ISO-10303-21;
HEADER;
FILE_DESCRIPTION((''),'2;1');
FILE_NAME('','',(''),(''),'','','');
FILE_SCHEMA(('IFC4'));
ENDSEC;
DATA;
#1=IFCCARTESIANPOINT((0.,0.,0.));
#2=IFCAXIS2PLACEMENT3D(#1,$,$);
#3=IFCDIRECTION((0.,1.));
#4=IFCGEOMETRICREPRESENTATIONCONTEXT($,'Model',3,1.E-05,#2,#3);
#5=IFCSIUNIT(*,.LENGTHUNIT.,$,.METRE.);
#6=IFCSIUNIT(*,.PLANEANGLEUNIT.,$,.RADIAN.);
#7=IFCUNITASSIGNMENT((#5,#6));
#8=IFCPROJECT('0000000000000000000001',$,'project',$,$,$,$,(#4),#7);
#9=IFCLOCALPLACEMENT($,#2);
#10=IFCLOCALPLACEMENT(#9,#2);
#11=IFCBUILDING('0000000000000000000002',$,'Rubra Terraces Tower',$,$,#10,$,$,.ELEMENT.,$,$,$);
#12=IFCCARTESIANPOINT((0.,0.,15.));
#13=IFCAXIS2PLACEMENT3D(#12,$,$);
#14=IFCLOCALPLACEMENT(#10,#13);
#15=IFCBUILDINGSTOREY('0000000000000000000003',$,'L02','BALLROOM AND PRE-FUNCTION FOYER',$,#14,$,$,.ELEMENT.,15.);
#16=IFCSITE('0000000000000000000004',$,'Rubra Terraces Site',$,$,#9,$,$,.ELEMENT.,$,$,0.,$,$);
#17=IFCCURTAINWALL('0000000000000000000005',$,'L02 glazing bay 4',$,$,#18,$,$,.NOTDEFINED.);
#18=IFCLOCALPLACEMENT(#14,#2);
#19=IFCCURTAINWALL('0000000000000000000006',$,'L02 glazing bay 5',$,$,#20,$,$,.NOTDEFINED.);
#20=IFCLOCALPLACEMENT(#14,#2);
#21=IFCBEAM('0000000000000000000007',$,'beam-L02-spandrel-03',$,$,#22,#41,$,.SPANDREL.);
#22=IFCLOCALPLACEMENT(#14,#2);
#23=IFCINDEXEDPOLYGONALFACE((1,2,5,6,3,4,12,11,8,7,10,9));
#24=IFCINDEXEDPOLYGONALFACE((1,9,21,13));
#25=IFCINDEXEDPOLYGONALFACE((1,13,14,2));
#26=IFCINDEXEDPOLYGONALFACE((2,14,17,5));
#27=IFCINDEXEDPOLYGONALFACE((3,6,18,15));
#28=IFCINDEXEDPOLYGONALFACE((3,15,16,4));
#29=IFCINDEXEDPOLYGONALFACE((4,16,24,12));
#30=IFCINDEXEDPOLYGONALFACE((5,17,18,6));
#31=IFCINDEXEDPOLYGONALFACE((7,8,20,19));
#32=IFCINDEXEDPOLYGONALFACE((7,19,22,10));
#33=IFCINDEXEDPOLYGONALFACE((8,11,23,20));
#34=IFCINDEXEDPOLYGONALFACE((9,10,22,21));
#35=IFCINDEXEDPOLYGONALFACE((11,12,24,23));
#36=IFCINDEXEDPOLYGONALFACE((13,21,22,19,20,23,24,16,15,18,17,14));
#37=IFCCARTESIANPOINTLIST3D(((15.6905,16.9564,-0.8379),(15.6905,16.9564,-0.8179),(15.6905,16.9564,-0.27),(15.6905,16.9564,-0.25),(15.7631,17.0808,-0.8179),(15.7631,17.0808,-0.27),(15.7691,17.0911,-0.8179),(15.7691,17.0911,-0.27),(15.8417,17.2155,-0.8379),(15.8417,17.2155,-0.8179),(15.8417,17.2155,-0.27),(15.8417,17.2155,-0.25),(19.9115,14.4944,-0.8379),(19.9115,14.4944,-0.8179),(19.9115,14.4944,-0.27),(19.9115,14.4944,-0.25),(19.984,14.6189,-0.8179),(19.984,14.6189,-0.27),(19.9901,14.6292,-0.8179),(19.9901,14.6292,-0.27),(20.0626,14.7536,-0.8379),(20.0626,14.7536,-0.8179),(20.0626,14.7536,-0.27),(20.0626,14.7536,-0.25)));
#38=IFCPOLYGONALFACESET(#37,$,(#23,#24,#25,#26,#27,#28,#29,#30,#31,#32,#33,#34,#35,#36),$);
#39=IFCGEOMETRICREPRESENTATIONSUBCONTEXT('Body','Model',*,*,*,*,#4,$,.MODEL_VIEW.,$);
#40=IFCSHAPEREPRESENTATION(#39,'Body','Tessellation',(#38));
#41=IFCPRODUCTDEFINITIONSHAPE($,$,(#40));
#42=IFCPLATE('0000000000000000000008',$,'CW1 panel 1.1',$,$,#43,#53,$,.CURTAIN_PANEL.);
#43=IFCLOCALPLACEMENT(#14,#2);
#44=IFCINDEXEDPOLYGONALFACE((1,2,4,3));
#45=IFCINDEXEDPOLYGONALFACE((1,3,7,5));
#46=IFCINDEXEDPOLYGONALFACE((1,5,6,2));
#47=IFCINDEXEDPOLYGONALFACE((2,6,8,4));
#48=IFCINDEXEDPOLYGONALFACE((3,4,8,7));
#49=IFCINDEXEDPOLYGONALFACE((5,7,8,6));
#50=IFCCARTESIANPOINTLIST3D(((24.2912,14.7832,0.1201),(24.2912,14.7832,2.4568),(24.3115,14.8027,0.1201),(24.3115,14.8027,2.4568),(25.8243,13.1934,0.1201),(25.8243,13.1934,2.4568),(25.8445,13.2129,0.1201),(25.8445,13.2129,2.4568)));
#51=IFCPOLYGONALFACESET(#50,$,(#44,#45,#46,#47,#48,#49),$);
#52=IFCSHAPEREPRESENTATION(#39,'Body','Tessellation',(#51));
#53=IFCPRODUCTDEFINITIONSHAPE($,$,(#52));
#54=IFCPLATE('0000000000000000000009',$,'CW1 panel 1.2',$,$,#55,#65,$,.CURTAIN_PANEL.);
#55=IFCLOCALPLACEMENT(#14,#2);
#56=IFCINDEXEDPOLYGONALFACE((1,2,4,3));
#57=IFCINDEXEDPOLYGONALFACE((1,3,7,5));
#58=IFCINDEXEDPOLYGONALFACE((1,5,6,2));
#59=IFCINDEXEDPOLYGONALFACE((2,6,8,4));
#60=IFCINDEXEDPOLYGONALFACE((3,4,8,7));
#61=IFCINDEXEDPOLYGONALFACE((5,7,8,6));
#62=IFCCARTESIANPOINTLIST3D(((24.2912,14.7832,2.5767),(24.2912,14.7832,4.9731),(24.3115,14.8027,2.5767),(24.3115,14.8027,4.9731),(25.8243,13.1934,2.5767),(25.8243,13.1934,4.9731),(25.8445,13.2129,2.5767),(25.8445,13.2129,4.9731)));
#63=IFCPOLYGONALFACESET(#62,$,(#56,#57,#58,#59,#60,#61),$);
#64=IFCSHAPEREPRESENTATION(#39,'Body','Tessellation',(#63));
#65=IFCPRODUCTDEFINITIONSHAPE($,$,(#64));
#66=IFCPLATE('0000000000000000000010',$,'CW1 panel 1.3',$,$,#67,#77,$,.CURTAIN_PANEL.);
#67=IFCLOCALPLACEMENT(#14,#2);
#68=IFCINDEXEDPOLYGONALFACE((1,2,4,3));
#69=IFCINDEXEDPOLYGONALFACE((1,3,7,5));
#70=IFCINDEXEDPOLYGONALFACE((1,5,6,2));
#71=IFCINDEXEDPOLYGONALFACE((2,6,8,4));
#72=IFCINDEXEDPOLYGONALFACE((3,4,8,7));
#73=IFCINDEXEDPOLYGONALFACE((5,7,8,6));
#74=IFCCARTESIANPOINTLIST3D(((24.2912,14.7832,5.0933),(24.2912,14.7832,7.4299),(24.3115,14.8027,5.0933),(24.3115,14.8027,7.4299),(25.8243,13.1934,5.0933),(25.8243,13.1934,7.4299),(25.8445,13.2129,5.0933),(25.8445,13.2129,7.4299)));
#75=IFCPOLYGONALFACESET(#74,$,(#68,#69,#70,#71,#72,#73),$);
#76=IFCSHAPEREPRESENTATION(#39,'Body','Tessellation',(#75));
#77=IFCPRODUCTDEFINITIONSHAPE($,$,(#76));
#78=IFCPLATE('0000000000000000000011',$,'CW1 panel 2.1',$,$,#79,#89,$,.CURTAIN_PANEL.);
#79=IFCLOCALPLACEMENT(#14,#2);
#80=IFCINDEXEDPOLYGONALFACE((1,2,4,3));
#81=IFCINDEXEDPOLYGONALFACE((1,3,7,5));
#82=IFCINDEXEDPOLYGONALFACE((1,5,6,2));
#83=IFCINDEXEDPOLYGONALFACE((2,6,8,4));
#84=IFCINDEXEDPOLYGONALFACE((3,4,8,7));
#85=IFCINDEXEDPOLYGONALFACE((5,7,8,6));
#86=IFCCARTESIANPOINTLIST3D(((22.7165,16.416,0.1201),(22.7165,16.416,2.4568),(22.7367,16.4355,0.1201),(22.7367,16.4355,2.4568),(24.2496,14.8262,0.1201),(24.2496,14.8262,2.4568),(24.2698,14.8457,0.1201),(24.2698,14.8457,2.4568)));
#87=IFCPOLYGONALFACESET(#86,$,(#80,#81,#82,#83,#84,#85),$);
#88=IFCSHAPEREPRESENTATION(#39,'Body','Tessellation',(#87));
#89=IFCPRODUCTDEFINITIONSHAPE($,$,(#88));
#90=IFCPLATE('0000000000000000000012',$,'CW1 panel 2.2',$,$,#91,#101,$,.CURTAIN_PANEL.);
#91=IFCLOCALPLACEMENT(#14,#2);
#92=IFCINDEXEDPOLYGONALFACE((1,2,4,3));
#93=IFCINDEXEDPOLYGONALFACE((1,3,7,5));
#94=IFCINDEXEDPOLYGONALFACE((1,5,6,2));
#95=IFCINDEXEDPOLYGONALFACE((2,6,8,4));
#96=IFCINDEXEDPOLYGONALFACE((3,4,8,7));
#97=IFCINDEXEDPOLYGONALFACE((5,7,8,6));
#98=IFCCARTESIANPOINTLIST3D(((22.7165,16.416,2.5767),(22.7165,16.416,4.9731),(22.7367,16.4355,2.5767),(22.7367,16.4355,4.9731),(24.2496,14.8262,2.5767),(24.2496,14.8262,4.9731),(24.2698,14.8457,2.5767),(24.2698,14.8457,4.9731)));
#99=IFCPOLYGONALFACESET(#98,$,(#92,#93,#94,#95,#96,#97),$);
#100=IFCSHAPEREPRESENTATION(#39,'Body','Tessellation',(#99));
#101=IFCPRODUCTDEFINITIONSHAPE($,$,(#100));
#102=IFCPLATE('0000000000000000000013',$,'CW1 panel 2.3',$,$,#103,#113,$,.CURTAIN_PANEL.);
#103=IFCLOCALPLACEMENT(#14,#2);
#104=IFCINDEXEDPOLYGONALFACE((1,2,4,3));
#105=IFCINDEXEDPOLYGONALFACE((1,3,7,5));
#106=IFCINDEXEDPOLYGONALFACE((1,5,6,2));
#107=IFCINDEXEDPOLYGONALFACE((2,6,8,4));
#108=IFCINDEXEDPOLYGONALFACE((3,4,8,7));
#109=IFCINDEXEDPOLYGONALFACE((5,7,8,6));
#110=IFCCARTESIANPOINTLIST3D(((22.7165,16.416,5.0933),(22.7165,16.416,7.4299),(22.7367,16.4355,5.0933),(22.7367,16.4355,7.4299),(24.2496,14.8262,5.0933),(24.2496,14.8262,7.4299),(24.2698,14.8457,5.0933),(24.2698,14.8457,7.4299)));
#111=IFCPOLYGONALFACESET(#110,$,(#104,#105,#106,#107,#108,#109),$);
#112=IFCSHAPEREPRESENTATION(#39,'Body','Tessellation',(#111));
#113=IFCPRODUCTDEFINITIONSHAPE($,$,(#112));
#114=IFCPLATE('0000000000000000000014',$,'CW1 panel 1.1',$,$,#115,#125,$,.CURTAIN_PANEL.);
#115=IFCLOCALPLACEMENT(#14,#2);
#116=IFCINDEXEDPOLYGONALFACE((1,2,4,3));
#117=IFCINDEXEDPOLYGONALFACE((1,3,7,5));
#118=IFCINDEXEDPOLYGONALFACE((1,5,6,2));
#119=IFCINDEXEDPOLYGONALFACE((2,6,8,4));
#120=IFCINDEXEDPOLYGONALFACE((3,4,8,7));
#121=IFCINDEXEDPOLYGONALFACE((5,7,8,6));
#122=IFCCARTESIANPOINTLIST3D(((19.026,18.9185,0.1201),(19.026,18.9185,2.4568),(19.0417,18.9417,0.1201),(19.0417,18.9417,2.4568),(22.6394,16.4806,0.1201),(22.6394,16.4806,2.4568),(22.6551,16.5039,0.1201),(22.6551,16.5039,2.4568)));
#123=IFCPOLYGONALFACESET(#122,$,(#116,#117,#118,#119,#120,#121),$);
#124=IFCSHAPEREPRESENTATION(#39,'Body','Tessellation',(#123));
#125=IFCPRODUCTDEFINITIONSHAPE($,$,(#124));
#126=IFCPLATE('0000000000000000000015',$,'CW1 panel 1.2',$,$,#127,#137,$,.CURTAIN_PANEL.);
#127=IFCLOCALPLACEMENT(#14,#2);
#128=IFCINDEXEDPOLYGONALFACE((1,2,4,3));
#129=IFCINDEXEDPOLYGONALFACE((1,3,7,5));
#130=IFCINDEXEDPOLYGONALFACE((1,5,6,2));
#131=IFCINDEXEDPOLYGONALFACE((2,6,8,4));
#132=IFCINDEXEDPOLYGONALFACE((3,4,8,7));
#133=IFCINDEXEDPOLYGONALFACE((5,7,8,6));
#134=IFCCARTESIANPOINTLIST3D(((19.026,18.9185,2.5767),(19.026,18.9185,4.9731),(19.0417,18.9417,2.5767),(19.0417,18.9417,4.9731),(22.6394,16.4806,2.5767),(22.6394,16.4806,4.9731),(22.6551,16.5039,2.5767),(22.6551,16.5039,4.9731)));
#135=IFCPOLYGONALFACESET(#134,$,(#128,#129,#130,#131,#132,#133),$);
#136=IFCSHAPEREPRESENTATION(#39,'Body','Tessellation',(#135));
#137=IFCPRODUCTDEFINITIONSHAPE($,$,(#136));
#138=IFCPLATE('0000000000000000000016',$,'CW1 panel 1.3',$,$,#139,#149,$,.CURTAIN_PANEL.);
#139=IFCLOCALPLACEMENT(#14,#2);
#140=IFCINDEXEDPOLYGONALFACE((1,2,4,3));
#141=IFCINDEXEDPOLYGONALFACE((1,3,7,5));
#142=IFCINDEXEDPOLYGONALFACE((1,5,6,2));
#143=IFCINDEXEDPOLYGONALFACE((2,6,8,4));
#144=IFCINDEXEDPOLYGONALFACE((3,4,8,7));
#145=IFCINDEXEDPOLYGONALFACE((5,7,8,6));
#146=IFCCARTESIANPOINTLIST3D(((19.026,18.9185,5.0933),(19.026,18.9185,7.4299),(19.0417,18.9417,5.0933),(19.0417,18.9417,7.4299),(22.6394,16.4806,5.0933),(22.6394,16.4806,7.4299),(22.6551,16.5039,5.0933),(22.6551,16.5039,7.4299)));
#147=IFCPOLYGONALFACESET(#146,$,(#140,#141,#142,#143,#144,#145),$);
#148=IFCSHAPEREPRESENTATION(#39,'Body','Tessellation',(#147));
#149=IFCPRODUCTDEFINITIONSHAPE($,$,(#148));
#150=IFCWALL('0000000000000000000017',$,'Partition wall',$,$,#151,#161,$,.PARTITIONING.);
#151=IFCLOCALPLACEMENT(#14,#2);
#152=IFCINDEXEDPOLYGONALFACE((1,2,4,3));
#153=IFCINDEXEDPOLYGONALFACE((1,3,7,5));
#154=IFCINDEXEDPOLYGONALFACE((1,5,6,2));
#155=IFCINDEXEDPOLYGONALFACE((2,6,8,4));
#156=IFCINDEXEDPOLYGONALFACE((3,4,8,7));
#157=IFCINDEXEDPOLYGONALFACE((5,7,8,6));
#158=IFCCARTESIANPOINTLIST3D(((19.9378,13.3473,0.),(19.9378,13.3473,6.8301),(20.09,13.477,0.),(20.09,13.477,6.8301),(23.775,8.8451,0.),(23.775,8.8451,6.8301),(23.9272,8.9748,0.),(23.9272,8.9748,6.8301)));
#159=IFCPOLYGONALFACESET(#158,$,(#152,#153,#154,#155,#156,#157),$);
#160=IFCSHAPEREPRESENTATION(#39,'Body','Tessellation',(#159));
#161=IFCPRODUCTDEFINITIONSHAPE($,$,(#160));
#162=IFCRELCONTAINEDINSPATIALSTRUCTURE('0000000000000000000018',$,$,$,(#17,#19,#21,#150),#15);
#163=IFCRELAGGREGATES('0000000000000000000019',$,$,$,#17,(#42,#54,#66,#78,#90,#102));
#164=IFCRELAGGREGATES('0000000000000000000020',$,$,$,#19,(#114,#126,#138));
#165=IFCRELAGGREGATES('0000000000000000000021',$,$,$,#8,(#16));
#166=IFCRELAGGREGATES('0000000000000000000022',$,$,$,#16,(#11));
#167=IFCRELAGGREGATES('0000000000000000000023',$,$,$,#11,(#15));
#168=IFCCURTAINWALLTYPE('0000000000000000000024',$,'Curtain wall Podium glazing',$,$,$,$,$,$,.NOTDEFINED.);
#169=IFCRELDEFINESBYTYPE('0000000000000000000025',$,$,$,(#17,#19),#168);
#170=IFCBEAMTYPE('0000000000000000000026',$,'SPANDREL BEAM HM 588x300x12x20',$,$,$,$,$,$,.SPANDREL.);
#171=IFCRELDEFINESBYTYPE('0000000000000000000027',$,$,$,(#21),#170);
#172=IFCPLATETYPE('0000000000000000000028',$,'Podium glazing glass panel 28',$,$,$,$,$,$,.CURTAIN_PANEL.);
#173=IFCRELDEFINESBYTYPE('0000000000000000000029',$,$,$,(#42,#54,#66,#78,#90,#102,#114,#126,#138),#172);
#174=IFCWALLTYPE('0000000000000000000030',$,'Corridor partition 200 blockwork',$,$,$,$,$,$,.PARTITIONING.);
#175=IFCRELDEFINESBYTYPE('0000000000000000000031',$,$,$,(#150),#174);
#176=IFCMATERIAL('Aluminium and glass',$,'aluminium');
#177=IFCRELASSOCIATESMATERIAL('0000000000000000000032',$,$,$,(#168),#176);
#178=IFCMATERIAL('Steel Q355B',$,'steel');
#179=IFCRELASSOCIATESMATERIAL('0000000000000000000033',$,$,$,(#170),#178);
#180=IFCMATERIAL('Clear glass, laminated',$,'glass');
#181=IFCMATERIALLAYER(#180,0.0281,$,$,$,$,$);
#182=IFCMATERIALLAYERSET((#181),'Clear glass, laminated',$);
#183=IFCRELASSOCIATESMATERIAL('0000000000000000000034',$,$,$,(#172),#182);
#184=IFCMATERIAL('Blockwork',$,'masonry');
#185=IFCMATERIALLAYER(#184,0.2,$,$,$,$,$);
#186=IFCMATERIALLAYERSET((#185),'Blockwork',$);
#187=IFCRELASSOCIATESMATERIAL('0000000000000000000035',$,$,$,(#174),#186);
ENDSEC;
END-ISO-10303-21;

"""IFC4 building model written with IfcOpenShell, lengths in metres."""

from ifc_helpers import new_model, si_unit, direction, frame, frame_2d, origin, origin_2d, place, context, subcontext, project, spatial, rectangle, i_section, extrude, material, layer, layer_set, material_profile, profile_set, type_object, element, aggregate, save


model = new_model("IFC4")

# Units and contexts
model_context = context("Model", 3, precision=1e-05, world=origin(), true_north=direction((0.0, 1.0)))
body_context = subcontext(model_context, "Body", "Model", "MODEL_VIEW")
ifc_project = project(units=[si_unit("LENGTHUNIT", "METRE"), si_unit("PLANEANGLEUNIT", "RADIAN")], contexts=[model_context])

# Site, building, storey
site_placement = place(None, origin())
site = spatial("IfcSite", under=ifc_project, at=site_placement, Name="Rubra Terraces Site", CompositionType="ELEMENT", RefElevation=0.0)
building_placement = place(site_placement, origin())
building = spatial("IfcBuilding", under=site, at=building_placement, Name="Rubra Terraces Tower", CompositionType="ELEMENT")
storey_placement = place(building_placement, frame((0.0, 0.0, 15.0)))
storey = spatial("IfcBuildingStorey", under=building, at=storey_placement, Name="L02", Description="BALLROOM AND PRE-FUNCTION FOYER", CompositionType="ELEMENT", Elevation=15.0)

# Shared definitions
ifc_material_1 = material(Name="Steel Q355B", Category="steel")

# Curtain walls
ifc_material_2 = material(Name="Aluminium and glass", Category="aluminium")
curtain_wall_type = type_object("IfcCurtainWallType", Name="Curtain wall Podium glazing", PredefinedType="NOTDEFINED", material=ifc_material_2)
curtain_wall_1_placement = place(storey_placement, origin())
curtain_wall_1 = element("IfcCurtainWall", 1, at=curtain_wall_1_placement, inside=storey, type_object=curtain_wall_type, Name="L02 glazing bay 4", PredefinedType="NOTDEFINED")
curtain_wall_2_placement = place(storey_placement, origin())
curtain_wall_2 = element("IfcCurtainWall", 2, at=curtain_wall_2_placement, inside=storey, type_object=curtain_wall_type, Name="L02 glazing bay 5", PredefinedType="NOTDEFINED")

# Beam
ifc_material_profile_1 = material_profile(ifc_material_1, i_section(OverallWidth=0.3, OverallDepth=0.5879, WebThickness=0.012, FlangeThickness=0.02, at=origin_2d()), Name="HM 588x300x12x20")
ifc_profile_set_1 = profile_set([ifc_material_profile_1], Name="Steel Q355B")
beam_type_1 = type_object("IfcBeamType", Name="SPANDREL BEAM HM 588x300x12x20", PredefinedType="SPANDREL", material=ifc_profile_set_1)
beam_1_placement = place(storey_placement, frame((19.9871, 14.624, -0.5439), z_axis=(-0.863806, 0.503824, 0.0), x_axis=(-0.503824, -0.863806, 0.0)))
element("IfcBeam", 3, at=beam_1_placement, inside=storey, type_object=beam_type_1, Name="beam-L02-spandrel-03", PredefinedType="SPANDREL", context=body_context, shape_type="SweptSolid", body=[
    extrude(i_section(OverallWidth=0.3, OverallDepth=0.5879, WebThickness=0.012, FlangeThickness=0.02, at=origin_2d()), origin(), (0.0, 0.0, 1.0), 4.8865),
])

# Plates
ifc_material_3 = material(Name="Clear glass, laminated", Category="glass")
ifc_layer_1 = layer(ifc_material_3, 0.0281)
ifc_layer_set_1 = layer_set([ifc_layer_1], Name="Clear glass, laminated")
plate_type = type_object("IfcPlateType", Name="Podium glazing glass panel 28", PredefinedType="CURTAIN_PANEL", material=ifc_layer_set_1)
plate_1_placement = place(storey_placement, frame((25.0679, 13.998, 0.1201), z_axis=(0.0, 0.0, 1.0), x_axis=(-0.694156, 0.719825, 0.0)))
plate_1 = element("IfcPlate", 4, at=plate_1_placement, type_object=plate_type, Name="CW1 panel 1.1", PredefinedType="CURTAIN_PANEL", context=body_context, shape_type="SweptSolid", body=[
    extrude(rectangle(XDim=2.2085, YDim=0.0281, at=origin_2d()), origin(), (0.0, 0.0, 1.0), 2.3367),
])
plate_2_placement = place(storey_placement, frame((25.0679, 13.998, 2.5767), z_axis=(0.0, 0.0, 1.0), x_axis=(-0.694156, 0.719825, 0.0)))
plate_2 = element("IfcPlate", 5, at=plate_2_placement, type_object=plate_type, Name="CW1 panel 1.2", PredefinedType="CURTAIN_PANEL", context=body_context, shape_type="SweptSolid", body=[
    extrude(rectangle(XDim=2.2085, YDim=0.0281, at=origin_2d()), origin(), (0.0, 0.0, 1.0), 2.3965),
])
plate_3_placement = place(storey_placement, frame((25.0679, 13.998, 5.0933), z_axis=(0.0, 0.0, 1.0), x_axis=(-0.694156, 0.719825, 0.0)))
plate_3 = element("IfcPlate", 6, at=plate_3_placement, type_object=plate_type, Name="CW1 panel 1.3", PredefinedType="CURTAIN_PANEL", context=body_context, shape_type="SweptSolid", body=[
    extrude(rectangle(XDim=2.2085, YDim=0.0281, at=origin_2d()), origin(), (0.0, 0.0, 1.0), 2.3367),
])
plate_4_placement = place(storey_placement, frame((23.4932, 15.6309, 0.1201), z_axis=(0.0, 0.0, 1.0), x_axis=(-0.694156, 0.719825, 0.0)))
plate_4 = element("IfcPlate", 7, at=plate_4_placement, type_object=plate_type, Name="CW1 panel 2.1", PredefinedType="CURTAIN_PANEL", context=body_context, shape_type="SweptSolid", body=[
    extrude(rectangle(XDim=2.2085, YDim=0.0281, at=origin_2d()), origin(), (0.0, 0.0, 1.0), 2.3367),
])
plate_5_placement = place(storey_placement, frame((23.4932, 15.6309, 2.5767), z_axis=(0.0, 0.0, 1.0), x_axis=(-0.694156, 0.719825, 0.0)))
plate_5 = element("IfcPlate", 8, at=plate_5_placement, type_object=plate_type, Name="CW1 panel 2.2", PredefinedType="CURTAIN_PANEL", context=body_context, shape_type="SweptSolid", body=[
    extrude(rectangle(XDim=2.2085, YDim=0.0281, at=origin_2d()), origin(), (0.0, 0.0, 1.0), 2.3965),
])
plate_6_placement = place(storey_placement, frame((23.4932, 15.6309, 5.0933), z_axis=(0.0, 0.0, 1.0), x_axis=(-0.694156, 0.719825, 0.0)))
plate_6 = element("IfcPlate", 9, at=plate_6_placement, type_object=plate_type, Name="CW1 panel 2.3", PredefinedType="CURTAIN_PANEL", context=body_context, shape_type="SweptSolid", body=[
    extrude(rectangle(XDim=2.2085, YDim=0.0281, at=origin_2d()), origin(), (0.0, 0.0, 1.0), 2.3367),
])
aggregate(curtain_wall_1, [plate_1, plate_2, plate_3, plate_4, plate_5, plate_6])
plate_7_placement = place(storey_placement, frame((20.8406, 17.7112, 0.1201), z_axis=(0.0, 0.0, 1.0), x_axis=(-0.828981, 0.559277, 0.0)))
plate_7 = element("IfcPlate", 10, at=plate_7_placement, type_object=plate_type, Name="CW1 panel 1.1", PredefinedType="CURTAIN_PANEL", context=body_context, shape_type="SweptSolid", body=[
    extrude(rectangle(XDim=4.3589, YDim=0.0281, at=origin_2d()), origin(), (0.0, 0.0, 1.0), 2.3367),
])
plate_8_placement = place(storey_placement, frame((20.8406, 17.7112, 2.5767), z_axis=(0.0, 0.0, 1.0), x_axis=(-0.828981, 0.559277, 0.0)))
plate_8 = element("IfcPlate", 11, at=plate_8_placement, type_object=plate_type, Name="CW1 panel 1.2", PredefinedType="CURTAIN_PANEL", context=body_context, shape_type="SweptSolid", body=[
    extrude(rectangle(XDim=4.3589, YDim=0.0281, at=origin_2d()), origin(), (0.0, 0.0, 1.0), 2.3965),
])
plate_9_placement = place(storey_placement, frame((20.8406, 17.7112, 5.0933), z_axis=(0.0, 0.0, 1.0), x_axis=(-0.828981, 0.559277, 0.0)))
plate_9 = element("IfcPlate", 12, at=plate_9_placement, type_object=plate_type, Name="CW1 panel 1.3", PredefinedType="CURTAIN_PANEL", context=body_context, shape_type="SweptSolid", body=[
    extrude(rectangle(XDim=4.3589, YDim=0.0281, at=origin_2d()), origin(), (0.0, 0.0, 1.0), 2.3367),
])
aggregate(curtain_wall_2, [plate_7, plate_8, plate_9])

# Wall
ifc_material_4 = material(Name="Blockwork", Category="masonry")
ifc_layer_2 = layer(ifc_material_4, 0.2)
ifc_layer_set_2 = layer_set([ifc_layer_2], Name="Blockwork")
wall_type = type_object("IfcWallType", Name="Corridor partition 200 blockwork", PredefinedType="PARTITIONING", material=ifc_layer_set_2)
wall_placement = place(storey_placement, frame((20.0139, 13.4121, 0.0), z_axis=(0.0, 0.0, 1.0), x_axis=(0.648658, -0.76108, 0.0)))
element("IfcWall", 13, at=wall_placement, inside=storey, type_object=wall_type, Name="Partition wall", PredefinedType="PARTITIONING", context=body_context, shape_type="SweptSolid", body=[
    extrude(rectangle(XDim=5.9155, YDim=0.2, at=frame_2d((2.9578, 0.0))), origin(), (0.0, 0.0, 1.0), 6.8301),
])

save(model, "model.ifc")
